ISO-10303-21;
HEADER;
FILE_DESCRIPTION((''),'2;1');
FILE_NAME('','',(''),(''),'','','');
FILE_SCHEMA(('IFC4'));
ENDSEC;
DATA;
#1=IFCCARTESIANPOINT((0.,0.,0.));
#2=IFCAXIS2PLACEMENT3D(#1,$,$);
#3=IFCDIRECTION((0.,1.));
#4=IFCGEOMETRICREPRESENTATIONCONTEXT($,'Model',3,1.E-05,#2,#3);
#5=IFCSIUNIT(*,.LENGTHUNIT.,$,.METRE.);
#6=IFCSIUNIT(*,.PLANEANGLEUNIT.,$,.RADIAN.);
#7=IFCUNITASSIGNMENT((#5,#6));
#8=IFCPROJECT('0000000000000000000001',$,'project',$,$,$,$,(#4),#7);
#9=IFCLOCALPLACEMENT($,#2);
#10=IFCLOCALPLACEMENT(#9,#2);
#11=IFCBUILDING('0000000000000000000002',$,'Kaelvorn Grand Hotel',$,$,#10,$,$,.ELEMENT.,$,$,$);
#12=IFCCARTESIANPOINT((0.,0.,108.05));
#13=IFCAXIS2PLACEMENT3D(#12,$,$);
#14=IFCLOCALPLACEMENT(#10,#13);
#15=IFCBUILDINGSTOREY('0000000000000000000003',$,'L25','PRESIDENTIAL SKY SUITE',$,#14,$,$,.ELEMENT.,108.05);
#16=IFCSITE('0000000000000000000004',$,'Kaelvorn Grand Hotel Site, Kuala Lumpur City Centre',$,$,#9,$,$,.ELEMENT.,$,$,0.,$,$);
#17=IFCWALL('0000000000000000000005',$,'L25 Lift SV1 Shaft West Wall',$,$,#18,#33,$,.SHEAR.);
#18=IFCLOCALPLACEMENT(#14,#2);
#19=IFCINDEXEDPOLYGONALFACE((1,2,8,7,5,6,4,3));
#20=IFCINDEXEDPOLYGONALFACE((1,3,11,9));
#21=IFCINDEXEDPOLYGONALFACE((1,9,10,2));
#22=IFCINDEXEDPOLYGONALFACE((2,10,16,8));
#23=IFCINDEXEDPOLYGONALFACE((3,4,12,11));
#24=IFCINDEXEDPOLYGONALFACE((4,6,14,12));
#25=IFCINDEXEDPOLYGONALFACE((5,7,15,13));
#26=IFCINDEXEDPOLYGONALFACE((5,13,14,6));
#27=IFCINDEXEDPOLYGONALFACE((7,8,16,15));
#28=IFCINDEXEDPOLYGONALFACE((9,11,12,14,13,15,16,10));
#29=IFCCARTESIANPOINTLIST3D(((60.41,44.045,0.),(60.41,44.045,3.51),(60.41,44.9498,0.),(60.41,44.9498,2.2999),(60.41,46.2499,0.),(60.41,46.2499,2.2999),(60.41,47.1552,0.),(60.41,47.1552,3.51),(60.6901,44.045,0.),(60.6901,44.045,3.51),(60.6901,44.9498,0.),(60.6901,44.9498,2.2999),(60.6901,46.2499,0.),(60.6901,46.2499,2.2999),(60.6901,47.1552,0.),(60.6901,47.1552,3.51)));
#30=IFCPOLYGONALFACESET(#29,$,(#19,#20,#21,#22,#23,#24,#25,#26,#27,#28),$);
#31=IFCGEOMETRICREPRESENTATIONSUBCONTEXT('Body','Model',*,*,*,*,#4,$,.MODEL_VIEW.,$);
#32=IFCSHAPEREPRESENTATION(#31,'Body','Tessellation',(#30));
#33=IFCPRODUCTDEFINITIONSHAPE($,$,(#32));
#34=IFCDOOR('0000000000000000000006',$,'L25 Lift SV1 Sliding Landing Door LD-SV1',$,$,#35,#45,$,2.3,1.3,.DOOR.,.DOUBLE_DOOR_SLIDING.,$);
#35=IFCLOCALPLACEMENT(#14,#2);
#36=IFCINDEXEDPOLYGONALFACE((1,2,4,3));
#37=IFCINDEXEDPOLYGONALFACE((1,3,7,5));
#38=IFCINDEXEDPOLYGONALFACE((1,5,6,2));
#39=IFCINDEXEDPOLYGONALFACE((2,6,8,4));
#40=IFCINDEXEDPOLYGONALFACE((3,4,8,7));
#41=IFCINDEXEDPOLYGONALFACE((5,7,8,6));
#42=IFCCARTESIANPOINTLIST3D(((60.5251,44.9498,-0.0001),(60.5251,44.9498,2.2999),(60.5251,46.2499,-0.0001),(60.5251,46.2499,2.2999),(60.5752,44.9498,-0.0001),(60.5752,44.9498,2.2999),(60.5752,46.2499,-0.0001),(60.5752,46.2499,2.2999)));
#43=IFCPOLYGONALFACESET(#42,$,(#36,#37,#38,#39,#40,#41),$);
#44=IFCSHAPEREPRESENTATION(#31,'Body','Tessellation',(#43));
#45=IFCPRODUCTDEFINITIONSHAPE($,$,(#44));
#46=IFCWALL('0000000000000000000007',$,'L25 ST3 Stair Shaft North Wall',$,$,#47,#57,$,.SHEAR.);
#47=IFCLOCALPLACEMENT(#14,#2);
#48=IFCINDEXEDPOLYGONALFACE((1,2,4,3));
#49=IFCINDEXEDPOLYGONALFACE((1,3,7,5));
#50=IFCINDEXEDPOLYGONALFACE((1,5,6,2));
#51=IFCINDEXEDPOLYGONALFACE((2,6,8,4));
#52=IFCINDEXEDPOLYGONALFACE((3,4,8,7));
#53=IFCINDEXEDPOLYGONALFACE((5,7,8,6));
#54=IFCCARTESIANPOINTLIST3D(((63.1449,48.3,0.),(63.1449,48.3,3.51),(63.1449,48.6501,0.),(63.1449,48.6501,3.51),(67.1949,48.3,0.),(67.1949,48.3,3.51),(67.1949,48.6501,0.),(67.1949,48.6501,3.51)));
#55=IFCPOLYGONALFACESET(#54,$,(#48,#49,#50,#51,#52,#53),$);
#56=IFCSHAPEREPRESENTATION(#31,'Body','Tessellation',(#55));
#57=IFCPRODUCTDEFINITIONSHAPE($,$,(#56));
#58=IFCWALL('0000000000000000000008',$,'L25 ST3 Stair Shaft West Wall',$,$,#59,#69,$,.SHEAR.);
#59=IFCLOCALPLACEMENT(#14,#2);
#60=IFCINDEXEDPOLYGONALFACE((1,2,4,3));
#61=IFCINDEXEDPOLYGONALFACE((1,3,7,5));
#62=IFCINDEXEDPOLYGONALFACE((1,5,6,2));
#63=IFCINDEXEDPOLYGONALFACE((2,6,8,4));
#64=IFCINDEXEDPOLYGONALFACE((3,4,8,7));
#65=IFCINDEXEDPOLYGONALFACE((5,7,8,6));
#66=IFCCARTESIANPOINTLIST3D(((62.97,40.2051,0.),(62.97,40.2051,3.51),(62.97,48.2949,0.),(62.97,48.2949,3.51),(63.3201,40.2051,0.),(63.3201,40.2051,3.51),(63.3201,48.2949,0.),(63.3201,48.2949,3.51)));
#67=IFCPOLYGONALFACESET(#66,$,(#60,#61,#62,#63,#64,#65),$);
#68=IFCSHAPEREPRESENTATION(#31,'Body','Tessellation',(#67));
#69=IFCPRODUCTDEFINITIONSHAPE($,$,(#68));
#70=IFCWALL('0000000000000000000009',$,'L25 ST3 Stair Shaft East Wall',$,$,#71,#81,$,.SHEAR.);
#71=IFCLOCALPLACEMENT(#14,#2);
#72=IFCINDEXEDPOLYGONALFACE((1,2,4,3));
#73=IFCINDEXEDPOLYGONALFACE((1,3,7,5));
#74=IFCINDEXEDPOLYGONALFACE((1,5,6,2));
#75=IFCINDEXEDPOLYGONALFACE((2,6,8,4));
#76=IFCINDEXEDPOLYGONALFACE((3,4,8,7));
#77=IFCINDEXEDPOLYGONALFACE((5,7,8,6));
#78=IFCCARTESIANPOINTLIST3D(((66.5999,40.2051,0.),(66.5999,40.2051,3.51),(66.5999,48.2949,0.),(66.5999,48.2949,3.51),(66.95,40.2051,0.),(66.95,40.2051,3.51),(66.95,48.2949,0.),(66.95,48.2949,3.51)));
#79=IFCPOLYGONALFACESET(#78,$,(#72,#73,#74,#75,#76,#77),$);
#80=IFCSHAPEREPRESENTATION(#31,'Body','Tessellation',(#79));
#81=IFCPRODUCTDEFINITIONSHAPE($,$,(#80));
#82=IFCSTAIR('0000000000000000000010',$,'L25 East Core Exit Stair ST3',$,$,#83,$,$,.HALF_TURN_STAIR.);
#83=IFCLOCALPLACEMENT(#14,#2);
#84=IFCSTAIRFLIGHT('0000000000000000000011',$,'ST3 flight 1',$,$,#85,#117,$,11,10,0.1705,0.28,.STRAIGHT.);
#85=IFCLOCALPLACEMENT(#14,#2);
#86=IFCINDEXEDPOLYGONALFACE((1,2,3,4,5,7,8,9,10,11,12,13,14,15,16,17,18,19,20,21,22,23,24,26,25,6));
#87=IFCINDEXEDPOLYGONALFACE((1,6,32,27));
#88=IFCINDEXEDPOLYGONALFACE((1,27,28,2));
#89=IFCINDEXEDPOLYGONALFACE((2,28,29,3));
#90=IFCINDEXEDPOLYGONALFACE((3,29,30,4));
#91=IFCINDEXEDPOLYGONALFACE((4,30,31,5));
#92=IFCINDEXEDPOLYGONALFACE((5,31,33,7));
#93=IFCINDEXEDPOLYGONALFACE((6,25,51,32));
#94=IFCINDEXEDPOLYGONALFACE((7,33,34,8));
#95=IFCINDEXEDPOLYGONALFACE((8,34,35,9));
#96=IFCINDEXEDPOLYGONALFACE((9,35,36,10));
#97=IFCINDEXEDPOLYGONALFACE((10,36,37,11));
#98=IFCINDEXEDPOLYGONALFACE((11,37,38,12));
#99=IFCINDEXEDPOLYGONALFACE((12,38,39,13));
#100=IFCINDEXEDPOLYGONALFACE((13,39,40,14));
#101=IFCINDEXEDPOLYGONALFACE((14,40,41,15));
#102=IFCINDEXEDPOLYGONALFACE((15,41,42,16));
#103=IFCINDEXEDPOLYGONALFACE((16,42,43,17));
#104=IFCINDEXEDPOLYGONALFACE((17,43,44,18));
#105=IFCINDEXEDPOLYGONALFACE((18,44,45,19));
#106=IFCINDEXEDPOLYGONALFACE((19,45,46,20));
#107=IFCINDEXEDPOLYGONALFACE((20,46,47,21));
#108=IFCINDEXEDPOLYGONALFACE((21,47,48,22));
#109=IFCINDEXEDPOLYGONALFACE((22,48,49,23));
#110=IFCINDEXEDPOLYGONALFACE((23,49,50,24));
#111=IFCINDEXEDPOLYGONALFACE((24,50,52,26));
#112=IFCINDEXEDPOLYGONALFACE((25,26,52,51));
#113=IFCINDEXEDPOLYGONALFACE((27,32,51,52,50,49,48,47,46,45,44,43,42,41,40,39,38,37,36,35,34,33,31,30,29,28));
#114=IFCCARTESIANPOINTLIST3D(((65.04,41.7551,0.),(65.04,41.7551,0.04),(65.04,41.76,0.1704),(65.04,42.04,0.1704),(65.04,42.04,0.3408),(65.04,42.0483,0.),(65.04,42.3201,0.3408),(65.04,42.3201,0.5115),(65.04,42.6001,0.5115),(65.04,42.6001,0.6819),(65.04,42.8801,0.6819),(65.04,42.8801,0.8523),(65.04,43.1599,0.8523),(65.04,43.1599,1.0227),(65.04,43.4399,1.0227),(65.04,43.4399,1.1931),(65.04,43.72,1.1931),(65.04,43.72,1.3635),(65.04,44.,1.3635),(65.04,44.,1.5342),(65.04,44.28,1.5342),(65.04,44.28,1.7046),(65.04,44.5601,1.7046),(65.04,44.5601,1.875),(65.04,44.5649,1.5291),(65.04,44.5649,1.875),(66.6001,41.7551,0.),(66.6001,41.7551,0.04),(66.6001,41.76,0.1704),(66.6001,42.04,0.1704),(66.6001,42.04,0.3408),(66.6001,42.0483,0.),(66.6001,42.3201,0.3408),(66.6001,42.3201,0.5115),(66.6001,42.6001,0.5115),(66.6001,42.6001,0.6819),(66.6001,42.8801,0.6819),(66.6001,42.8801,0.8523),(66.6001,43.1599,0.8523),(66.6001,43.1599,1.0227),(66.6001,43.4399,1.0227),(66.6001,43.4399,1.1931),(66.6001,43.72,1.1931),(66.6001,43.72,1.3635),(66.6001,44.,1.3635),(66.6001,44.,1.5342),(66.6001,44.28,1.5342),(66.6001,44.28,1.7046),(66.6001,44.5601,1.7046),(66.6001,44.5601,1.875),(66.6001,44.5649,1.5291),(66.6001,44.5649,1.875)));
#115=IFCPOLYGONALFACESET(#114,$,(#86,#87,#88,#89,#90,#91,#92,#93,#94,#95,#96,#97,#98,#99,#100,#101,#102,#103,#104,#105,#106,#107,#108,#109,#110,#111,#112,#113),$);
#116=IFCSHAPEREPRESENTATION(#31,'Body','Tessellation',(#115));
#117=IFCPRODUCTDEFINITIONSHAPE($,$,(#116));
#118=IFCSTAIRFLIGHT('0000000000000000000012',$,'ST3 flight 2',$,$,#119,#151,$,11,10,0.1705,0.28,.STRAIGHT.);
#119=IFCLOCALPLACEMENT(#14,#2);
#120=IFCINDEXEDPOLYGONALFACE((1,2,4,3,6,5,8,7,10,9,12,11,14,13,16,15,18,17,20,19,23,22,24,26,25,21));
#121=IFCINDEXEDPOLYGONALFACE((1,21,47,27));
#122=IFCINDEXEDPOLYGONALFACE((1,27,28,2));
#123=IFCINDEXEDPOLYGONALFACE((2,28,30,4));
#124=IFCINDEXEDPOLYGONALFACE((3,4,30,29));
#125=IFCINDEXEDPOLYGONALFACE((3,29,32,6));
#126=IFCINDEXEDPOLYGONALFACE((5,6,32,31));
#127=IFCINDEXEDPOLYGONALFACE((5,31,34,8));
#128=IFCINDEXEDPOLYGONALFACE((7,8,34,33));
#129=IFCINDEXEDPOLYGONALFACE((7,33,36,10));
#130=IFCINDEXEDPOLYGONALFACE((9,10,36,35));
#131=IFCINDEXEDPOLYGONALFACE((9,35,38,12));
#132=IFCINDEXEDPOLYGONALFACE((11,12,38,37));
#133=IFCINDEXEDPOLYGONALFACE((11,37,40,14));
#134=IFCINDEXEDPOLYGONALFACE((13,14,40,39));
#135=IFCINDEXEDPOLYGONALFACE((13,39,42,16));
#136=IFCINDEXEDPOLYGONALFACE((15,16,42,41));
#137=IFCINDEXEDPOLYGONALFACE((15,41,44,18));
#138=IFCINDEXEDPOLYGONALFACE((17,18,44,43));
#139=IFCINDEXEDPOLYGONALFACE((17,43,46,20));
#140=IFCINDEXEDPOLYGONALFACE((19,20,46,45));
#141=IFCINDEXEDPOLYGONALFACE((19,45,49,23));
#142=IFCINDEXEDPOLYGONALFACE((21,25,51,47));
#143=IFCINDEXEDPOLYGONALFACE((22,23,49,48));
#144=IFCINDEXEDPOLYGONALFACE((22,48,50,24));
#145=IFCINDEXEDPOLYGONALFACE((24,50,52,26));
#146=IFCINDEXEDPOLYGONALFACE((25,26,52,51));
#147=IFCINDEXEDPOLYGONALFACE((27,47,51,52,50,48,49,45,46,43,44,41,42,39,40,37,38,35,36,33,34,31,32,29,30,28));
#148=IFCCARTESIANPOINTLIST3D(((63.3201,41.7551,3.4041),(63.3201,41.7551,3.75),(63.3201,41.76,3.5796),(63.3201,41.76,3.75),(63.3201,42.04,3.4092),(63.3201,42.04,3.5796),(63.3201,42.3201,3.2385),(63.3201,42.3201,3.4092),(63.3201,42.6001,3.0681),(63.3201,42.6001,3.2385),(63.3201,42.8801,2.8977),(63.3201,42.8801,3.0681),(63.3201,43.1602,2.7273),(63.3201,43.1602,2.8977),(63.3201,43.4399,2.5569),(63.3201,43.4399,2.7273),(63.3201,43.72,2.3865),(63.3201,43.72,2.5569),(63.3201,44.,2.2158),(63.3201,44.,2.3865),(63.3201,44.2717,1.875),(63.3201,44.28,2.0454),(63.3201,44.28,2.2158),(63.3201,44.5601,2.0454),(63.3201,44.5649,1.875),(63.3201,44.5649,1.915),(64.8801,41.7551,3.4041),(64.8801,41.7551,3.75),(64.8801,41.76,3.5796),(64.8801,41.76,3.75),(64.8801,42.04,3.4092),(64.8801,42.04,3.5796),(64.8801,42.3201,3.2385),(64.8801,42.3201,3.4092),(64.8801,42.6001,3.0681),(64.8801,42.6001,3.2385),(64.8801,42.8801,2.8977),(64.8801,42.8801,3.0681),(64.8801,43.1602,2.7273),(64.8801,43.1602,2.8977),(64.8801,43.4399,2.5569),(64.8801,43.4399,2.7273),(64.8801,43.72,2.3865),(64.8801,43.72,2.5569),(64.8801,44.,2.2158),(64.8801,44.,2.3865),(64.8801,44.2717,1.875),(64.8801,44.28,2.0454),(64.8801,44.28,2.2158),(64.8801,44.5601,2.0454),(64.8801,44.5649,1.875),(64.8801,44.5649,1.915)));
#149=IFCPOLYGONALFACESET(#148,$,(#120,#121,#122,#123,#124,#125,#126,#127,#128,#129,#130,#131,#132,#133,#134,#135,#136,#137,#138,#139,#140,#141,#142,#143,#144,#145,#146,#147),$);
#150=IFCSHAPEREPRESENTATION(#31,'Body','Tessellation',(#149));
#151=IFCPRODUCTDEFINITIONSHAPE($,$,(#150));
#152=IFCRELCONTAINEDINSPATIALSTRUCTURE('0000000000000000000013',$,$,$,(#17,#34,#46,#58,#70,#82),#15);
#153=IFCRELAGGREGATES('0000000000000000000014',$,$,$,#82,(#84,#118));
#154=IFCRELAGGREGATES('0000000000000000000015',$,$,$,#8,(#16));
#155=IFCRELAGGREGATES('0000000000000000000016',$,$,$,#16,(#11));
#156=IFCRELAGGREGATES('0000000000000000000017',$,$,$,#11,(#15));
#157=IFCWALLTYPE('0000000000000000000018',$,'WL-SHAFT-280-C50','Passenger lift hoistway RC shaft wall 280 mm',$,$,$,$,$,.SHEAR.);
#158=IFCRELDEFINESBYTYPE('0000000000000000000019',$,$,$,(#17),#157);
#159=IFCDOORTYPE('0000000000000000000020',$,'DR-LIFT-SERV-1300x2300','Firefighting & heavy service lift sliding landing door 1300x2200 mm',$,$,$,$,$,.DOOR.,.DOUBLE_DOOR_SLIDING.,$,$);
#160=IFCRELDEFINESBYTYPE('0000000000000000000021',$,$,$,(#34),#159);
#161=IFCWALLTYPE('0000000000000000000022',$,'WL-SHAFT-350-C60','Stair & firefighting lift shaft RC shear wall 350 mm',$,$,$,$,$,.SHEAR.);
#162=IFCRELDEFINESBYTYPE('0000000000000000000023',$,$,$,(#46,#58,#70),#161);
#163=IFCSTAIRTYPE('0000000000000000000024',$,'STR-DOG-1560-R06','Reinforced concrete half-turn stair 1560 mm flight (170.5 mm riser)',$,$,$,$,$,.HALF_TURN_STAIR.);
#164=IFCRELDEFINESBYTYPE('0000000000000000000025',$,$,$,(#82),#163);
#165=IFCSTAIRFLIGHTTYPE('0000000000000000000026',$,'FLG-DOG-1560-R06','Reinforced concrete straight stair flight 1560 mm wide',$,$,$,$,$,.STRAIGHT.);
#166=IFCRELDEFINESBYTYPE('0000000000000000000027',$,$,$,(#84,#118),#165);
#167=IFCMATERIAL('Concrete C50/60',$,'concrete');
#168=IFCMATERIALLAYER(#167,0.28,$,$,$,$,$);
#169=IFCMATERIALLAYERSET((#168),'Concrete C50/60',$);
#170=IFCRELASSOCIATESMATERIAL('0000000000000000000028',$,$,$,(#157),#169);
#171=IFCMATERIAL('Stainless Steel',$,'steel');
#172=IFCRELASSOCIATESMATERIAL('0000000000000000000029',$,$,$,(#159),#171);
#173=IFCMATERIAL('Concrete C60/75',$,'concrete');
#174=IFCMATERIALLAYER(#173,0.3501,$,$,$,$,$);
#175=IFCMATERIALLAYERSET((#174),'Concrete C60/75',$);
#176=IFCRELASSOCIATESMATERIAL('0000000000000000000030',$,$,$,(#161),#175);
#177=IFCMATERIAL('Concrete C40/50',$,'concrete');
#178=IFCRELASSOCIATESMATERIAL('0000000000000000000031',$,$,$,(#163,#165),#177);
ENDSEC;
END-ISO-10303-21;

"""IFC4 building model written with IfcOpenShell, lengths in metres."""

from ifc_helpers import new_model, si_unit, direction, frame, frame_2d, origin, place, context, subcontext, project, spatial, polyline, rectangle, outline, extrude, material, layer, layer_set, type_object, element, fill, aggregate, save


model = new_model("IFC4")

# Units and contexts
model_context = context("Model", 3, precision=1e-05, world=origin(), true_north=direction((0.0, 1.0)))
body_context = subcontext(model_context, "Body", "Model", "MODEL_VIEW")
ifc_project = project(units=[si_unit("LENGTHUNIT", "METRE"), si_unit("PLANEANGLEUNIT", "RADIAN")], contexts=[model_context])

# Site, building, storey
site_placement = place(None, origin())
site = spatial("IfcSite", under=ifc_project, at=site_placement, Name="Kaelvorn Grand Hotel Site, Kuala Lumpur City Centre", CompositionType="ELEMENT", RefElevation=0.0)
building_placement = place(site_placement, origin())
building = spatial("IfcBuilding", under=site, at=building_placement, Name="Kaelvorn Grand Hotel", CompositionType="ELEMENT")
storey_placement = place(building_placement, frame((0.0, 0.0, 108.05)))
storey = spatial("IfcBuildingStorey", under=building, at=storey_placement, Name="L25", Description="PRESIDENTIAL SKY SUITE", CompositionType="ELEMENT", Elevation=108.05)

# Shared definitions
ifc_material_1 = material(Name="Concrete C60/75", Category="concrete")

# Shared definitions
ifc_material_2 = material(Name="Concrete C40/50", Category="concrete")
ifc_material_3 = material(Name="Concrete C50/60", Category="concrete")
ifc_layer_1 = layer(ifc_material_3, 0.28)
ifc_layer_set_1 = layer_set([ifc_layer_1], Name="Concrete C50/60")
wall_type_1 = type_object("IfcWallType", Name="WL-SHAFT-280-C50", Description="Passenger lift hoistway RC shaft wall 280 mm", PredefinedType="SHEAR", material=ifc_layer_set_1)

# Wall, opening, door
wall_1_placement = place(storey_placement, frame((60.55, 44.0449, 0.0), z_axis=(0.0, 0.0, 1.0), x_axis=(0.0, 1.0, 0.0)))
wall_1 = element("IfcWall", 1, at=wall_1_placement, inside=storey, type_object=wall_type_1, Name="L25 Lift SV1 Shaft West Wall", PredefinedType="SHEAR", context=body_context, shape_type="SweptSolid", body=[
    extrude(rectangle(XDim=3.1101, YDim=0.28, at=frame_2d((1.5552, 0.0))), origin(), (0.0, 0.0, 1.0), 3.51),
])
opening_1_placement = place(wall_1_placement, frame((0.905, 0.0, 0.0)))
opening_1 = element("IfcOpeningElement", 2, at=opening_1_placement, cuts=wall_1, PredefinedType="OPENING", context=body_context, shape_type="SweptSolid", body=[
    extrude(rectangle(XDim=1.3, YDim=2.3, at=frame_2d((0.6499, 1.1499))), frame((0.0, 0.1499, 0.0), z_axis=(0.0, -1.0, 0.0), x_axis=(1.0, 0.0, 0.0)), (0.0, 0.0, 1.0), 0.3),
])
ifc_material_4 = material(Name="Stainless Steel", Category="steel")
door_type_1 = type_object("IfcDoorType", Name="DR-LIFT-SERV-1300x2300", Description="Firefighting & heavy service lift sliding landing door 1300x2200 mm", OperationType="DOUBLE_DOOR_SLIDING", PredefinedType="DOOR", material=ifc_material_4)
door_1_placement = place(opening_1_placement, origin())
door_1 = element("IfcDoor", 3, at=door_1_placement, inside=storey, type_object=door_type_1, Name="L25 Lift SV1 Sliding Landing Door LD-SV1", OperationType="DOUBLE_DOOR_SLIDING", OverallHeight=2.3, OverallWidth=1.3, PredefinedType="DOOR", context=body_context, shape_type="SweptSolid", body=[
    extrude(rectangle(XDim=1.3, YDim=2.3, at=frame_2d((0.6499, 1.1499))), frame((0.0, 0.0249, 0.0), z_axis=(0.0, -1.0, 0.0), x_axis=(1.0, 0.0, 0.0)), (0.0, 0.0, 1.0), 0.05),
])
fill(opening_1, door_1)
ifc_layer_2 = layer(ifc_material_1, 0.3501)
ifc_layer_set_2 = layer_set([ifc_layer_2], Name="Concrete C60/75")
wall_type_2 = type_object("IfcWallType", Name="WL-SHAFT-350-C60", Description="Stair & firefighting lift shaft RC shear wall 350 mm", PredefinedType="SHEAR", material=ifc_layer_set_2)

# Walls
wall_2_placement = place(storey_placement, frame((63.145, 48.4751, 0.0), z_axis=(0.0, 0.0, 1.0), x_axis=(1.0, 0.0, 0.0)))
element("IfcWall", 4, at=wall_2_placement, inside=storey, type_object=wall_type_2, Name="L25 ST3 Stair Shaft North Wall", PredefinedType="SHEAR", context=body_context, shape_type="SweptSolid", body=[
    extrude(rectangle(XDim=4.05, YDim=0.3501, at=frame_2d((2.0249, 0.0))), origin(), (0.0, 0.0, 1.0), 3.51),
])
for number, where, z_axis, x_axis, name in (
    (5, (63.145, 40.2051, 0.0), (0.0, 0.0, 1.0), (0.0, 1.0, 0.0), "L25 ST3 Stair Shaft West Wall"),
    (6, (66.7749, 40.2051, 0.0), (0.0, 0.0, 1.0), (0.0, 1.0, 0.0), "L25 ST3 Stair Shaft East Wall"),
):
    element("IfcWall", number, at=place(storey_placement, frame(where, z_axis=z_axis, x_axis=x_axis)), inside=storey, type_object=wall_type_2, Name=name, PredefinedType="SHEAR", context=body_context, shape_type="SweptSolid", body=[
        extrude(rectangle(XDim=8.0898, YDim=0.3501, at=frame_2d((4.0449, 0.0))), origin(), (0.0, 0.0, 1.0), 3.51),
    ])

# Stair, stair flights
stair_type = type_object("IfcStairType", Name="STR-DOG-1560-R06", Description="Reinforced concrete half-turn stair 1560 mm flight (170.5 mm riser)", PredefinedType="HALF_TURN_STAIR", material=ifc_material_2)
stair_placement = place(storey_placement, origin())
stair = element("IfcStair", 7, at=stair_placement, inside=storey, type_object=stair_type, Name="L25 East Core Exit Stair ST3", PredefinedType="HALF_TURN_STAIR")
stair_flight_type = type_object("IfcStairFlightType", Name="FLG-DOG-1560-R06", Description="Reinforced concrete straight stair flight 1560 mm wide", PredefinedType="STRAIGHT", material=ifc_material_2)
stair_flight_1_placement = place(storey_placement, frame((65.8201, 41.76, 0.0), z_axis=(0.0, 0.0, 1.0), x_axis=(0.0, 1.0, 0.0)))
stair_flight_1 = element("IfcStairFlight", 8, at=stair_flight_1_placement, type_object=stair_flight_type, Name="ST3 flight 1", NumberOfRisers=11, NumberOfTreads=10, PredefinedType="STRAIGHT", RiserHeight=0.1705, TreadLength=0.28, context=body_context, shape_type="SweptSolid", body=[
    extrude(outline(polyline([(-0.0049, 0.0), (-0.0049, 0.04), (0.0, 0.1704), (0.28, 0.1704), (0.28, 0.3408), (0.5601, 0.3408), (0.5601, 0.5115), (0.8401, 0.5115), (0.8401, 0.6819), (1.1201, 0.6819), (1.1201, 0.8523), (1.3999, 0.8523), (1.3999, 1.0227), (1.6799, 1.0227), (1.6799, 1.1931), (1.96, 1.1931), (1.96, 1.3635), (2.24, 1.3635), (2.24, 1.5342), (2.52, 1.5342), (2.52, 1.7046), (2.8, 1.7046), (2.8, 1.875), (2.8049, 1.875), (2.8049, 1.5291), (0.2883, 0.0), (-0.0049, 0.0)])), frame((0.0, 0.78, 0.0), z_axis=(0.0, -1.0, 0.0), x_axis=(1.0, 0.0, 0.0)), (0.0, 0.0, 1.0), 1.5601),
])
stair_flight_2_placement = place(storey_placement, frame((64.1001, 44.5601, 1.875), z_axis=(0.0, 0.0, 1.0), x_axis=(0.0, -1.0, 0.0)))
stair_flight_2 = element("IfcStairFlight", 9, at=stair_flight_2_placement, type_object=stair_flight_type, Name="ST3 flight 2", NumberOfRisers=11, NumberOfTreads=10, PredefinedType="STRAIGHT", RiserHeight=0.1705, TreadLength=0.28, context=body_context, shape_type="SweptSolid", body=[
    extrude(outline(polyline([(-0.0049, 0.0), (-0.0049, 0.04), (0.0, 0.1704), (0.28, 0.1704), (0.28, 0.3408), (0.5601, 0.3408), (0.5601, 0.5115), (0.8401, 0.5115), (0.8401, 0.6819), (1.1201, 0.6819), (1.1201, 0.8523), (1.3999, 0.8523), (1.3999, 1.0227), (1.6799, 1.0227), (1.6799, 1.1931), (1.96, 1.1931), (1.96, 1.3635), (2.24, 1.3635), (2.24, 1.5342), (2.52, 1.5342), (2.52, 1.7046), (2.8, 1.7046), (2.8, 1.875), (2.8049, 1.875), (2.8049, 1.5291), (0.2883, 0.0), (-0.0049, 0.0)])), frame((0.0, 0.78, 0.0), z_axis=(0.0, -1.0, 0.0), x_axis=(1.0, 0.0, 0.0)), (0.0, 0.0, 1.0), 1.5601),
])
aggregate(stair, [stair_flight_1, stair_flight_2])

save(model, "model.ifc")
